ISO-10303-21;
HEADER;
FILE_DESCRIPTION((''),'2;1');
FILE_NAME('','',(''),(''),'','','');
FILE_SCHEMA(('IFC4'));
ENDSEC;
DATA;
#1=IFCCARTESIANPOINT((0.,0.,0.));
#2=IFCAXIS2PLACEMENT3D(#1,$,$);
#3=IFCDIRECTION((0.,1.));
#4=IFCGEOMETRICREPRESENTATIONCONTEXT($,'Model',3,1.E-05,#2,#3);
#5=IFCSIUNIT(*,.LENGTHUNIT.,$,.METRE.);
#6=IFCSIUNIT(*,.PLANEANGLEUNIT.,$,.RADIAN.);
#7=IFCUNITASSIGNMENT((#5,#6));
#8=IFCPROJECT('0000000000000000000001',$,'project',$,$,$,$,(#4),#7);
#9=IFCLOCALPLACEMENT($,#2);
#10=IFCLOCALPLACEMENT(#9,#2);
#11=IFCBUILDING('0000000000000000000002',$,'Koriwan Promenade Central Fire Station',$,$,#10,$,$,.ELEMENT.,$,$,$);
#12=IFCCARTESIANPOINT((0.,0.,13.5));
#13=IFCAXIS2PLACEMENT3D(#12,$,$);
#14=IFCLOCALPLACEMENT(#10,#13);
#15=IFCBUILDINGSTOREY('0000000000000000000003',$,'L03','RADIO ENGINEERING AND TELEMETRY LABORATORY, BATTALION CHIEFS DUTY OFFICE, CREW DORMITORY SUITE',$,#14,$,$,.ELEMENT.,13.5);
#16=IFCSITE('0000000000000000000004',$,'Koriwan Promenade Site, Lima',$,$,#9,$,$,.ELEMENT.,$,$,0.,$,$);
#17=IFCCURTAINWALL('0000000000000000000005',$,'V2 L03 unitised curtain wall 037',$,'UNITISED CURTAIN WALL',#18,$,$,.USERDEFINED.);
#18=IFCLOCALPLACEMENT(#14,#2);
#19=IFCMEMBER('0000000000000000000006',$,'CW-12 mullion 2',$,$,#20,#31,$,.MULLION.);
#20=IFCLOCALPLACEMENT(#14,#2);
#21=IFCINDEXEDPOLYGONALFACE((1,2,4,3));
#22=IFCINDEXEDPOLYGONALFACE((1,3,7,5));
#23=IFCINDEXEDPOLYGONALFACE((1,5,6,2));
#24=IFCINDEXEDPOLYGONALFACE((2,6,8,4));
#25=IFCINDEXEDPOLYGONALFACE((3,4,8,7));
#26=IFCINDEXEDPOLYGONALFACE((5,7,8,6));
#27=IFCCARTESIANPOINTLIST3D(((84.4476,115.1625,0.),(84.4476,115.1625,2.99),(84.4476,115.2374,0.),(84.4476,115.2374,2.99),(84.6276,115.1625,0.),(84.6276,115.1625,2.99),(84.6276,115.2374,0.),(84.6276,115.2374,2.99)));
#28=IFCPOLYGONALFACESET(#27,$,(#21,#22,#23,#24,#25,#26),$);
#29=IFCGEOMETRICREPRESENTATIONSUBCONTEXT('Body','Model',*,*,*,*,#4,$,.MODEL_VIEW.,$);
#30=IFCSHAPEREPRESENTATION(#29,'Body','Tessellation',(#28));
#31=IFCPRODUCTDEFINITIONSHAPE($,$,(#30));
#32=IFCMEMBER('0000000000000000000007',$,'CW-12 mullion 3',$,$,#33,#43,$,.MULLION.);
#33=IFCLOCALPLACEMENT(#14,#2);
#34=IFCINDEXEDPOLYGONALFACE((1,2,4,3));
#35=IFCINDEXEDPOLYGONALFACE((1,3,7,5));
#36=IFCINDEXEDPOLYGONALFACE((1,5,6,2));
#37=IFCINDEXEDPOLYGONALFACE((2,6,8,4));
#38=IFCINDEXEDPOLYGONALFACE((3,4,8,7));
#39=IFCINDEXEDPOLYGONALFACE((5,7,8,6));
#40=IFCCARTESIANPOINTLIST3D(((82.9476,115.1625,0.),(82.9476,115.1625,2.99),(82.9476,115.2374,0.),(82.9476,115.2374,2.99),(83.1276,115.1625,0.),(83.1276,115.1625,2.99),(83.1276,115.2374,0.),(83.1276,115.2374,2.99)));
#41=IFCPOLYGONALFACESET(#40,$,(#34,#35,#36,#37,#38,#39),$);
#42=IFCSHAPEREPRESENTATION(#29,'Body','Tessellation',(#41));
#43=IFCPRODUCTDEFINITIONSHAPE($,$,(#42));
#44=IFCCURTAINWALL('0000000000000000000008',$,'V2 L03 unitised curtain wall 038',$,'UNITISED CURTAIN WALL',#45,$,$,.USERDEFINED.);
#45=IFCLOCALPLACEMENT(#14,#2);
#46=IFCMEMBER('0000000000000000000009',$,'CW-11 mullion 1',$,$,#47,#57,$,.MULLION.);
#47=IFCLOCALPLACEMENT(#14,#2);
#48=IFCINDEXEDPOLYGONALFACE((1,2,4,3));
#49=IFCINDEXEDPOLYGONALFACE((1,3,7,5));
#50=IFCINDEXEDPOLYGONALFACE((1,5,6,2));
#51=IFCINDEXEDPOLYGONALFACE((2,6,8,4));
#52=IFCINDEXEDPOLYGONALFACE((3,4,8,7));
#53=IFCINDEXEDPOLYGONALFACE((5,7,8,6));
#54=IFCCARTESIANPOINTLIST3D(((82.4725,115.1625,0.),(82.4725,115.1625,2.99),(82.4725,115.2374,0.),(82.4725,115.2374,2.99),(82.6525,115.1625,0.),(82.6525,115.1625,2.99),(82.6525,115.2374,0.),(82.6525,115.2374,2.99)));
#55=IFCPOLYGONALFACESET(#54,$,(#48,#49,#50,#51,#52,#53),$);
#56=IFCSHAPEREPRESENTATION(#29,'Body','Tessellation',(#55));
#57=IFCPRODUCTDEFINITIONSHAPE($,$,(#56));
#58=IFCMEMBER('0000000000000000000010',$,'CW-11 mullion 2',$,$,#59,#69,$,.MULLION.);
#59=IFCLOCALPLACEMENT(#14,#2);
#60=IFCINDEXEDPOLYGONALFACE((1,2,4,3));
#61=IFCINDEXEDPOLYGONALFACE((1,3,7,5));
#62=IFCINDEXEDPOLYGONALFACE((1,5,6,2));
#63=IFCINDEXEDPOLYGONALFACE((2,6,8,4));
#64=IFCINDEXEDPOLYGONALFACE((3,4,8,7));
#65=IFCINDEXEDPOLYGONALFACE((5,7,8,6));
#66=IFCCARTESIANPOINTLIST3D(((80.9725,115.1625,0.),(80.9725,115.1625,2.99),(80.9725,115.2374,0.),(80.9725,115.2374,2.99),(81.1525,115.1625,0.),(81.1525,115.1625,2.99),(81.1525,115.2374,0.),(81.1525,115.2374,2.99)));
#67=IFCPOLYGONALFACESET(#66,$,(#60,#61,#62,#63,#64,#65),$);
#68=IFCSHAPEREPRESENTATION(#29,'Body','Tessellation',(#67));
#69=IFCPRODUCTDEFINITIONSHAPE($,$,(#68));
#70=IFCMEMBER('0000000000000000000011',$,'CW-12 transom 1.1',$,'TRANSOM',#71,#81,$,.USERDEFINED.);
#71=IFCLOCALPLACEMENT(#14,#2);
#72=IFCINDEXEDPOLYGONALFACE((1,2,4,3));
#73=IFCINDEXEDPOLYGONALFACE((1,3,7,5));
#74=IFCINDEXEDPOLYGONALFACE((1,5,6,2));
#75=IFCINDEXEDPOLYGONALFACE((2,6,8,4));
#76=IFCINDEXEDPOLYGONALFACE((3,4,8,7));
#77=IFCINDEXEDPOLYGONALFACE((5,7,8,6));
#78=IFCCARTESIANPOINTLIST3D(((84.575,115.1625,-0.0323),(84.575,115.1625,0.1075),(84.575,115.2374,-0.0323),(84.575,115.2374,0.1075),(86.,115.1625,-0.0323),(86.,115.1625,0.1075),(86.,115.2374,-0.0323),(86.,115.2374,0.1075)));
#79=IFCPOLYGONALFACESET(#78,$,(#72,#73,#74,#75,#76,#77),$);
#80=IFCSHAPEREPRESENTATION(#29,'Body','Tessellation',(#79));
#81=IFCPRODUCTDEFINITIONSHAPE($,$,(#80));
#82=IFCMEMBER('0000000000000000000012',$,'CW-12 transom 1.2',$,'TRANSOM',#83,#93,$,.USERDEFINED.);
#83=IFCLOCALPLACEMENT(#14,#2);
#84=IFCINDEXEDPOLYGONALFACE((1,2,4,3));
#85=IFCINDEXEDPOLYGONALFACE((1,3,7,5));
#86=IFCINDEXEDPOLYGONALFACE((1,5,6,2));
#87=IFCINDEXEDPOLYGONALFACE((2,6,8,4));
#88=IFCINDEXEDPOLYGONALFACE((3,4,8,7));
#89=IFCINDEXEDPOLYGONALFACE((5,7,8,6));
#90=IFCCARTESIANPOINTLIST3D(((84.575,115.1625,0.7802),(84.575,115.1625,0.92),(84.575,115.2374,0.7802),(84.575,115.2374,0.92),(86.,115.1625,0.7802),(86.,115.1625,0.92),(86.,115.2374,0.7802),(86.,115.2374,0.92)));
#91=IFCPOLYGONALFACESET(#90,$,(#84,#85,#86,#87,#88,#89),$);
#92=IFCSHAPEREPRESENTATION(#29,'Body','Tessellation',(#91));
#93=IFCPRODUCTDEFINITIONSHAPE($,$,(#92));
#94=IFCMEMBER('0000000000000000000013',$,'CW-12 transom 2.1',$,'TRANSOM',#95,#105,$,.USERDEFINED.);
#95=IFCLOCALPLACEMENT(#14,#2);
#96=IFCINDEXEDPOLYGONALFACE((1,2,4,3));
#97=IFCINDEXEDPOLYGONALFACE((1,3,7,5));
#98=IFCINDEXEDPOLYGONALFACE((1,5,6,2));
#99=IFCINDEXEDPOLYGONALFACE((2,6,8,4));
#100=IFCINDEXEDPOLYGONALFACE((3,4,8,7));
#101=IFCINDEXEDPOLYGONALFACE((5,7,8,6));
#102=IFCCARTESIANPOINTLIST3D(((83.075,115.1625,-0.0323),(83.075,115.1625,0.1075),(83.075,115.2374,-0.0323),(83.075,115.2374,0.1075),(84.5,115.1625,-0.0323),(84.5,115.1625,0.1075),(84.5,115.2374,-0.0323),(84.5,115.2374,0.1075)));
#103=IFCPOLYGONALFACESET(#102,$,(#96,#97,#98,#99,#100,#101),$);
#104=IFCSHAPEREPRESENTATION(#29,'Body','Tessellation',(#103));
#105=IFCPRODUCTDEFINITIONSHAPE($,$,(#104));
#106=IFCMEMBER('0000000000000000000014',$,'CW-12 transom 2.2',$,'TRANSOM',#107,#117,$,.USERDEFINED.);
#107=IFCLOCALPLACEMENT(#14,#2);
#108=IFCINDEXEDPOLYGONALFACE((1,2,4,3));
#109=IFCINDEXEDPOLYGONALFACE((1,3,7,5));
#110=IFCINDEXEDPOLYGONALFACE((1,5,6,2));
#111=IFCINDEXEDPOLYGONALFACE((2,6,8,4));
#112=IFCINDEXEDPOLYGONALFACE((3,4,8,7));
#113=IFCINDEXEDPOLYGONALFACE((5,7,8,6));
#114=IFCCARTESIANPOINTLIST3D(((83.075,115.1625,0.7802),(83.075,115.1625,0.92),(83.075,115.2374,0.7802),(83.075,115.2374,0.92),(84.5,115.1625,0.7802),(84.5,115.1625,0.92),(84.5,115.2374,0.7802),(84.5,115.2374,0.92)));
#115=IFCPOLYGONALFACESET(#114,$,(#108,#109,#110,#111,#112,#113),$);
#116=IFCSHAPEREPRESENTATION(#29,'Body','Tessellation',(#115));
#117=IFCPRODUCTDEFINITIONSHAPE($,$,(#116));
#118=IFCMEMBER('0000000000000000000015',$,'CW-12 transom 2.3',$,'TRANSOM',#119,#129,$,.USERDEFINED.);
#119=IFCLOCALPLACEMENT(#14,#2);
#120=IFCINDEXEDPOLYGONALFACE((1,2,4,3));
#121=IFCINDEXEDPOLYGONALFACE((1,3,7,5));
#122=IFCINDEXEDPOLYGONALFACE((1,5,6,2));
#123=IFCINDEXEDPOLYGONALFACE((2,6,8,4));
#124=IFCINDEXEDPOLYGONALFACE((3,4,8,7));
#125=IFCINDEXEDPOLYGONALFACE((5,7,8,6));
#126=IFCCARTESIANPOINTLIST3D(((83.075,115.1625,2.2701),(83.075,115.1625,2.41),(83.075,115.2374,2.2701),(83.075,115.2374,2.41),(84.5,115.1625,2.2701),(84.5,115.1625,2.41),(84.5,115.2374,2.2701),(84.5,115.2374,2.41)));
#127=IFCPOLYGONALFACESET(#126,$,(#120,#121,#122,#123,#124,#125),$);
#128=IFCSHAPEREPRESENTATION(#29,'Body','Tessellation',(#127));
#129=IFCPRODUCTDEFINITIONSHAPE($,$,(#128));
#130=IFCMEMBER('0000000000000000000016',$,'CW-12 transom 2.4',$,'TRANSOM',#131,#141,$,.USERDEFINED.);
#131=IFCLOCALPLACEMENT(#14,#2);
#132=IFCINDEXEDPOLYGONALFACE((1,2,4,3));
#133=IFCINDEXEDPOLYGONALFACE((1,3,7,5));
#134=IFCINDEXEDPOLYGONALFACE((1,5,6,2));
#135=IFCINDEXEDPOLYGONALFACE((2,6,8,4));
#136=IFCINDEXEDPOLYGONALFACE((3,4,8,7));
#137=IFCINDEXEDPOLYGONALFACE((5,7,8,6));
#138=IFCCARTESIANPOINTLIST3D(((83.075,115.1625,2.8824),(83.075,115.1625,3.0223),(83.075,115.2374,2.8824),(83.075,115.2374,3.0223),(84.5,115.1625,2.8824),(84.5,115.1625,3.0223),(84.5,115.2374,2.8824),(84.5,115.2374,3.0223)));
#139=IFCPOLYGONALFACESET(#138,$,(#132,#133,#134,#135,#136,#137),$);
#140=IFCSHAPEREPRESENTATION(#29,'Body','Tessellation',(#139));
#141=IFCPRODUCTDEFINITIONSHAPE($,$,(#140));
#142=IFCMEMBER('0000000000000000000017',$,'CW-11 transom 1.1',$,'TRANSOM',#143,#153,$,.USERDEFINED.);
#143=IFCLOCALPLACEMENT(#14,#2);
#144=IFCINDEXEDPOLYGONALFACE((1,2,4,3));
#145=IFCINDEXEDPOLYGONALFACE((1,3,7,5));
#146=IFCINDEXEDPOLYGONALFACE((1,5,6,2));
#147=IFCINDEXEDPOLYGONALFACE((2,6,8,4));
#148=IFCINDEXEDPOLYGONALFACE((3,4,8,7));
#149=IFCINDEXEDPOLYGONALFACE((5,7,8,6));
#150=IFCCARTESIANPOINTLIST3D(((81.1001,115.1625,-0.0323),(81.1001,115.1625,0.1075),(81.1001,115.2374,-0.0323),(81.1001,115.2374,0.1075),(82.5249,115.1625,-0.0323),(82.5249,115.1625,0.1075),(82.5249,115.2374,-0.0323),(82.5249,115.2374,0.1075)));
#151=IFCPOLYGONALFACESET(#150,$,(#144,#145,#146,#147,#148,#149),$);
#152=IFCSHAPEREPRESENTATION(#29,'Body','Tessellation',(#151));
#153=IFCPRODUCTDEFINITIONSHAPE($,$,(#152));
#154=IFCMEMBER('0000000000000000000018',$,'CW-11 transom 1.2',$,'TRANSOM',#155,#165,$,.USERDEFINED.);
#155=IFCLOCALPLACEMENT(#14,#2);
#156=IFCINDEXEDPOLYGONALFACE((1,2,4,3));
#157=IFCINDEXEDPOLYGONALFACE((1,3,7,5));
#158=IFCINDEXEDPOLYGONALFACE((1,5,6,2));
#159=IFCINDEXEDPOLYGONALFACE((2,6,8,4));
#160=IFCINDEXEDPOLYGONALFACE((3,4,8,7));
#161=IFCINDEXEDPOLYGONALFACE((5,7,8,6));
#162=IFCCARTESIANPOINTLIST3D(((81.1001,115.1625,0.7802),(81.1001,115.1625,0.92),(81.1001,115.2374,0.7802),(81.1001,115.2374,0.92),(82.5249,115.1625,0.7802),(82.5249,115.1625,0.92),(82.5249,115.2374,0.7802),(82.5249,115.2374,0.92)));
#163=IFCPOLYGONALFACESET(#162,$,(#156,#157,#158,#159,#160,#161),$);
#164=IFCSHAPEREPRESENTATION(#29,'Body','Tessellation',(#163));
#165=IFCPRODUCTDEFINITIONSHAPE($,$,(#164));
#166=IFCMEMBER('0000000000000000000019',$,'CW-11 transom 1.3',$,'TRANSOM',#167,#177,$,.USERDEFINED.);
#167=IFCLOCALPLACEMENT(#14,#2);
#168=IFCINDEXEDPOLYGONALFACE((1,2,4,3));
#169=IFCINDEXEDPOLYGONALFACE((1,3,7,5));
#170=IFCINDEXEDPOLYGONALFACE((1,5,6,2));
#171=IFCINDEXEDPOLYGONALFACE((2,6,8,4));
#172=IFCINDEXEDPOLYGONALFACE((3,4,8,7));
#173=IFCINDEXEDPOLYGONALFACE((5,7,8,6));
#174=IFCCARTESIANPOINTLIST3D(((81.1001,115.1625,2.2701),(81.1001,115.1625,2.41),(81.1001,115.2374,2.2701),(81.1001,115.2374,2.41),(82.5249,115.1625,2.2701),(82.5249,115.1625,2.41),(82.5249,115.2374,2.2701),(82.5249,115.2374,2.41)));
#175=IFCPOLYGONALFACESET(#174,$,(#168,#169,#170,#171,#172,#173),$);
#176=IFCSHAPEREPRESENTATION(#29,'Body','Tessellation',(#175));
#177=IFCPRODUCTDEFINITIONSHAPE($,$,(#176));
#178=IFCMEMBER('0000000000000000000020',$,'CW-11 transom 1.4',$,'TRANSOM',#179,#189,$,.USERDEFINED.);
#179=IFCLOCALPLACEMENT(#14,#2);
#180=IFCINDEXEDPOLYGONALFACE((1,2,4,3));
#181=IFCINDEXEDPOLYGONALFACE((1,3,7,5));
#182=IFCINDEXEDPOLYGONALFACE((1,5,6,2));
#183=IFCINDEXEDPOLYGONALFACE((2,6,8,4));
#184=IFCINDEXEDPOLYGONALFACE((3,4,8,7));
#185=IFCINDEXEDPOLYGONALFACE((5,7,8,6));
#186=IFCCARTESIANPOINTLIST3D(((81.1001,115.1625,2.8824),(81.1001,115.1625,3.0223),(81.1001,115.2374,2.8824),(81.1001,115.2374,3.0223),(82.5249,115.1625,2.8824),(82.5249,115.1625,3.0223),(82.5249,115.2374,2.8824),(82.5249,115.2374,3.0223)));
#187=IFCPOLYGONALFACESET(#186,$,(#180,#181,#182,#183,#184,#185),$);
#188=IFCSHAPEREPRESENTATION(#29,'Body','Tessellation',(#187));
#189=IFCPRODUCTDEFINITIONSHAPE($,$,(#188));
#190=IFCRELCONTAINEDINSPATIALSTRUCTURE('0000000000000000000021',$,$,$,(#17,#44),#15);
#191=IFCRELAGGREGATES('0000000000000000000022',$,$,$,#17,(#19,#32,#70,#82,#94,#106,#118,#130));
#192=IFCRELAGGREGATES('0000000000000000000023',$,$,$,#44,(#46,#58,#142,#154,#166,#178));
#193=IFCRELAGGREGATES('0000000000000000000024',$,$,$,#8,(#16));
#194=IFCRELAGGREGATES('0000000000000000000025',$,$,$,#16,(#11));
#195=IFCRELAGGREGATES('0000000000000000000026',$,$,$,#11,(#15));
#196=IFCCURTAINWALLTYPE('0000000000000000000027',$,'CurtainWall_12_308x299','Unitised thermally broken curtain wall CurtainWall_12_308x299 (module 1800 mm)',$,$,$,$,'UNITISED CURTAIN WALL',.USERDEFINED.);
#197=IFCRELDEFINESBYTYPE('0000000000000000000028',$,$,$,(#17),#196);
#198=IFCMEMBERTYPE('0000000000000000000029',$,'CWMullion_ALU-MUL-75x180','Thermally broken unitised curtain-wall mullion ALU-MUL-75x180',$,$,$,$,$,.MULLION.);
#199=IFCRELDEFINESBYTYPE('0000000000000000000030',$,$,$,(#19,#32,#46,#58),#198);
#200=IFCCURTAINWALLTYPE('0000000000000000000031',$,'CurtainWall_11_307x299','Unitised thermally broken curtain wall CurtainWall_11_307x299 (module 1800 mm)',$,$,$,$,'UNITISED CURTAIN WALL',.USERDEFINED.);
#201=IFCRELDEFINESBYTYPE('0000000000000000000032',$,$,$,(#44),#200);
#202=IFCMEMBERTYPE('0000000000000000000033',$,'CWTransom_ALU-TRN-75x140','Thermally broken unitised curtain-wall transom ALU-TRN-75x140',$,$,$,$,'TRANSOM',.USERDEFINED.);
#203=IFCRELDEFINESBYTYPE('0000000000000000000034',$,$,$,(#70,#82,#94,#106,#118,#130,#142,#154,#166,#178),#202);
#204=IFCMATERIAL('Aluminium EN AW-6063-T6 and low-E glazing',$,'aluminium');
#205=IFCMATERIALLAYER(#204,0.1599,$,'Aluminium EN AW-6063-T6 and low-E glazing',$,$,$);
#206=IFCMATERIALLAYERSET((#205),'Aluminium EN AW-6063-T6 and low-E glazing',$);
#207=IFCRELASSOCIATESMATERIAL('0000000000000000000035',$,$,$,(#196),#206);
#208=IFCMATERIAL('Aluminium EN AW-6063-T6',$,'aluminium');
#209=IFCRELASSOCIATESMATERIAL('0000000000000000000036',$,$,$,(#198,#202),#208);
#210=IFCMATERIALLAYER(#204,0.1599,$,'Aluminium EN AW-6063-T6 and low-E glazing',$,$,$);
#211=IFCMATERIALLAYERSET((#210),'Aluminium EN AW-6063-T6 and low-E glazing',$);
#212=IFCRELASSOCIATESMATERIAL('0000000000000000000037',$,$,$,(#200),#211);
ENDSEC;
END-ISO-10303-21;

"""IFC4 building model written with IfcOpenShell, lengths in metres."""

from ifc_helpers import new_model, si_unit, direction, frame, origin, origin_2d, place, context, subcontext, project, spatial, rectangle, extrude, material, layer, layer_set, material_profile, profile_set, type_object, element, aggregate, save


model = new_model("IFC4")

# Units and contexts
model_context = context("Model", 3, precision=1e-05, world=origin(), true_north=direction((0.0, 1.0)))
body_context = subcontext(model_context, "Body", "Model", "MODEL_VIEW")
ifc_project = project(units=[si_unit("LENGTHUNIT", "METRE"), si_unit("PLANEANGLEUNIT", "RADIAN")], contexts=[model_context])

# Site, building, storey
site_placement = place(None, origin())
site = spatial("IfcSite", under=ifc_project, at=site_placement, Name="Koriwan Promenade Site, Lima", CompositionType="ELEMENT", RefElevation=0.0)
building_placement = place(site_placement, origin())
building = spatial("IfcBuilding", under=site, at=building_placement, Name="Koriwan Promenade Central Fire Station", CompositionType="ELEMENT")
storey_placement = place(building_placement, frame((0.0, 0.0, 13.5)))
storey = spatial("IfcBuildingStorey", under=building, at=storey_placement, Name="L03", Description="RADIO ENGINEERING AND TELEMETRY LABORATORY, BATTALION CHIEFS DUTY OFFICE, CREW DORMITORY SUITE", CompositionType="ELEMENT", Elevation=13.5)

# Curtain walls, members
ifc_material_1 = material(Name="Aluminium EN AW-6063-T6 and low-E glazing", Category="aluminium")
ifc_layer_1 = layer(ifc_material_1, 0.1599, Name="Aluminium EN AW-6063-T6 and low-E glazing")
ifc_layer_set_1 = layer_set([ifc_layer_1], Name="Aluminium EN AW-6063-T6 and low-E glazing")
curtain_wall_type_1 = type_object("IfcCurtainWallType", Name="CurtainWall_12_308x299", Description="Unitised thermally broken curtain wall CurtainWall_12_308x299 (module 1800 mm)", ElementType="UNITISED CURTAIN WALL", PredefinedType="USERDEFINED", material=ifc_layer_set_1)
curtain_wall_1_placement = place(storey_placement, origin())
curtain_wall_1 = element("IfcCurtainWall", 1, at=curtain_wall_1_placement, inside=storey, type_object=curtain_wall_type_1, Name="V2 L03 unitised curtain wall 037", ObjectType="UNITISED CURTAIN WALL", PredefinedType="USERDEFINED")
ifc_material_2 = material(Name="Aluminium EN AW-6063-T6", Category="aluminium")
ifc_material_profile_1 = material_profile(ifc_material_2, rectangle(XDim=0.075, YDim=0.1799, at=origin_2d()), Name="ALU-MUL-75x180")
ifc_profile_set_1 = profile_set([ifc_material_profile_1], Name="Aluminium EN AW-6063-T6")
member_type_1 = type_object("IfcMemberType", Name="CWMullion_ALU-MUL-75x180", Description="Thermally broken unitised curtain-wall mullion ALU-MUL-75x180", PredefinedType="MULLION", material=ifc_profile_set_1)
member_1_placement = place(storey_placement, frame((84.5376, 115.2, 0.0), z_axis=(0.0, 0.0, 1.0), x_axis=(0.0, -1.0, 0.0)))
member_1 = element("IfcMember", 2, at=member_1_placement, type_object=member_type_1, Name="CW-12 mullion 2", PredefinedType="MULLION", context=body_context, shape_type="SweptSolid", body=[
    extrude(rectangle(XDim=0.075, YDim=0.1799, at=origin_2d()), origin(), (0.0, 0.0, 1.0), 2.99),
])
member_2_placement = place(storey_placement, frame((83.0376, 115.2, 0.0), z_axis=(0.0, 0.0, 1.0), x_axis=(0.0, -1.0, 0.0)))
member_2 = element("IfcMember", 3, at=member_2_placement, type_object=member_type_1, Name="CW-12 mullion 3", PredefinedType="MULLION", context=body_context, shape_type="SweptSolid", body=[
    extrude(rectangle(XDim=0.075, YDim=0.1799, at=origin_2d()), origin(), (0.0, 0.0, 1.0), 2.99),
])
ifc_layer_2 = layer(ifc_material_1, 0.1599, Name="Aluminium EN AW-6063-T6 and low-E glazing")
ifc_layer_set_2 = layer_set([ifc_layer_2], Name="Aluminium EN AW-6063-T6 and low-E glazing")
curtain_wall_type_2 = type_object("IfcCurtainWallType", Name="CurtainWall_11_307x299", Description="Unitised thermally broken curtain wall CurtainWall_11_307x299 (module 1800 mm)", ElementType="UNITISED CURTAIN WALL", PredefinedType="USERDEFINED", material=ifc_layer_set_2)
curtain_wall_2_placement = place(storey_placement, origin())
curtain_wall_2 = element("IfcCurtainWall", 4, at=curtain_wall_2_placement, inside=storey, type_object=curtain_wall_type_2, Name="V2 L03 unitised curtain wall 038", ObjectType="UNITISED CURTAIN WALL", PredefinedType="USERDEFINED")
member_3_placement = place(storey_placement, frame((82.5625, 115.2, 0.0), z_axis=(0.0, 0.0, 1.0), x_axis=(0.0, -1.0, 0.0)))
member_3 = element("IfcMember", 5, at=member_3_placement, type_object=member_type_1, Name="CW-11 mullion 1", PredefinedType="MULLION", context=body_context, shape_type="SweptSolid", body=[
    extrude(rectangle(XDim=0.075, YDim=0.1799, at=origin_2d()), origin(), (0.0, 0.0, 1.0), 2.99),
])
member_4_placement = place(storey_placement, frame((81.0625, 115.2, 0.0), z_axis=(0.0, 0.0, 1.0), x_axis=(0.0, -1.0, 0.0)))
member_4 = element("IfcMember", 6, at=member_4_placement, type_object=member_type_1, Name="CW-11 mullion 2", PredefinedType="MULLION", context=body_context, shape_type="SweptSolid", body=[
    extrude(rectangle(XDim=0.075, YDim=0.1799, at=origin_2d()), origin(), (0.0, 0.0, 1.0), 2.99),
])

# Members
ifc_material_profile_2 = material_profile(ifc_material_2, rectangle(XDim=0.075, YDim=0.1399, at=origin_2d()), Name="ALU-TRN-75x140")
ifc_profile_set_2 = profile_set([ifc_material_profile_2], Name="Aluminium EN AW-6063-T6")
member_type_2 = type_object("IfcMemberType", Name="CWTransom_ALU-TRN-75x140", Description="Thermally broken unitised curtain-wall transom ALU-TRN-75x140", ElementType="TRANSOM", PredefinedType="USERDEFINED", material=ifc_profile_set_2)
member_5_placement = place(storey_placement, frame((86.0, 115.2, 0.0376), z_axis=(-1.0, 0.0, 0.0), x_axis=(0.0, -1.0, 0.0)))
member_5 = element("IfcMember", 7, at=member_5_placement, type_object=member_type_2, Name="CW-12 transom 1.1", ObjectType="TRANSOM", PredefinedType="USERDEFINED", context=body_context, shape_type="SweptSolid", body=[
    extrude(rectangle(XDim=0.075, YDim=0.1399, at=origin_2d()), origin(), (0.0, 0.0, 1.0), 1.425),
])
member_6_placement = place(storey_placement, frame((86.0, 115.2, 0.8501), z_axis=(-1.0, 0.0, 0.0), x_axis=(0.0, -1.0, 0.0)))
member_6 = element("IfcMember", 8, at=member_6_placement, type_object=member_type_2, Name="CW-12 transom 1.2", ObjectType="TRANSOM", PredefinedType="USERDEFINED", context=body_context, shape_type="SweptSolid", body=[
    extrude(rectangle(XDim=0.075, YDim=0.1399, at=origin_2d()), origin(), (0.0, 0.0, 1.0), 1.425),
])
member_7_placement = place(storey_placement, frame((84.5, 115.2, 0.0376), z_axis=(-1.0, 0.0, 0.0), x_axis=(0.0, -1.0, 0.0)))
member_7 = element("IfcMember", 9, at=member_7_placement, type_object=member_type_2, Name="CW-12 transom 2.1", ObjectType="TRANSOM", PredefinedType="USERDEFINED", context=body_context, shape_type="SweptSolid", body=[
    extrude(rectangle(XDim=0.075, YDim=0.1399, at=origin_2d()), origin(), (0.0, 0.0, 1.0), 1.425),
])
member_8_placement = place(storey_placement, frame((84.5, 115.2, 0.8501), z_axis=(-1.0, 0.0, 0.0), x_axis=(0.0, -1.0, 0.0)))
member_8 = element("IfcMember", 10, at=member_8_placement, type_object=member_type_2, Name="CW-12 transom 2.2", ObjectType="TRANSOM", PredefinedType="USERDEFINED", context=body_context, shape_type="SweptSolid", body=[
    extrude(rectangle(XDim=0.075, YDim=0.1399, at=origin_2d()), origin(), (0.0, 0.0, 1.0), 1.425),
])
member_9_placement = place(storey_placement, frame((84.5, 115.2, 2.3401), z_axis=(-1.0, 0.0, 0.0), x_axis=(0.0, -1.0, 0.0)))
member_9 = element("IfcMember", 11, at=member_9_placement, type_object=member_type_2, Name="CW-12 transom 2.3", ObjectType="TRANSOM", PredefinedType="USERDEFINED", context=body_context, shape_type="SweptSolid", body=[
    extrude(rectangle(XDim=0.075, YDim=0.1399, at=origin_2d()), origin(), (0.0, 0.0, 1.0), 1.425),
])
member_10_placement = place(storey_placement, frame((84.5, 115.2, 2.9524), z_axis=(-1.0, 0.0, 0.0), x_axis=(0.0, -1.0, 0.0)))
member_10 = element("IfcMember", 12, at=member_10_placement, type_object=member_type_2, Name="CW-12 transom 2.4", ObjectType="TRANSOM", PredefinedType="USERDEFINED", context=body_context, shape_type="SweptSolid", body=[
    extrude(rectangle(XDim=0.075, YDim=0.1399, at=origin_2d()), origin(), (0.0, 0.0, 1.0), 1.425),
])
member_11_placement = place(storey_placement, frame((82.5249, 115.2, 0.0376), z_axis=(-1.0, 0.0, 0.0), x_axis=(0.0, -1.0, 0.0)))
member_11 = element("IfcMember", 13, at=member_11_placement, type_object=member_type_2, Name="CW-11 transom 1.1", ObjectType="TRANSOM", PredefinedType="USERDEFINED", context=body_context, shape_type="SweptSolid", body=[
    extrude(rectangle(XDim=0.075, YDim=0.1399, at=origin_2d()), origin(), (0.0, 0.0, 1.0), 1.4248),
])
member_12_placement = place(storey_placement, frame((82.5249, 115.2, 0.8501), z_axis=(-1.0, 0.0, 0.0), x_axis=(0.0, -1.0, 0.0)))
member_12 = element("IfcMember", 14, at=member_12_placement, type_object=member_type_2, Name="CW-11 transom 1.2", ObjectType="TRANSOM", PredefinedType="USERDEFINED", context=body_context, shape_type="SweptSolid", body=[
    extrude(rectangle(XDim=0.075, YDim=0.1399, at=origin_2d()), origin(), (0.0, 0.0, 1.0), 1.4248),
])
member_13_placement = place(storey_placement, frame((82.5249, 115.2, 2.3401), z_axis=(-1.0, 0.0, 0.0), x_axis=(0.0, -1.0, 0.0)))
member_13 = element("IfcMember", 15, at=member_13_placement, type_object=member_type_2, Name="CW-11 transom 1.3", ObjectType="TRANSOM", PredefinedType="USERDEFINED", context=body_context, shape_type="SweptSolid", body=[
    extrude(rectangle(XDim=0.075, YDim=0.1399, at=origin_2d()), origin(), (0.0, 0.0, 1.0), 1.4248),
])
member_14_placement = place(storey_placement, frame((82.5249, 115.2, 2.9524), z_axis=(-1.0, 0.0, 0.0), x_axis=(0.0, -1.0, 0.0)))
member_14 = element("IfcMember", 16, at=member_14_placement, type_object=member_type_2, Name="CW-11 transom 1.4", ObjectType="TRANSOM", PredefinedType="USERDEFINED", context=body_context, shape_type="SweptSolid", body=[
    extrude(rectangle(XDim=0.075, YDim=0.1399, at=origin_2d()), origin(), (0.0, 0.0, 1.0), 1.4248),
])

aggregate(curtain_wall_1, [member_1, member_2, member_5, member_6, member_7, member_8, member_9, member_10])
aggregate(curtain_wall_2, [member_3, member_4, member_11, member_12, member_13, member_14])

save(model, "model.ifc")
